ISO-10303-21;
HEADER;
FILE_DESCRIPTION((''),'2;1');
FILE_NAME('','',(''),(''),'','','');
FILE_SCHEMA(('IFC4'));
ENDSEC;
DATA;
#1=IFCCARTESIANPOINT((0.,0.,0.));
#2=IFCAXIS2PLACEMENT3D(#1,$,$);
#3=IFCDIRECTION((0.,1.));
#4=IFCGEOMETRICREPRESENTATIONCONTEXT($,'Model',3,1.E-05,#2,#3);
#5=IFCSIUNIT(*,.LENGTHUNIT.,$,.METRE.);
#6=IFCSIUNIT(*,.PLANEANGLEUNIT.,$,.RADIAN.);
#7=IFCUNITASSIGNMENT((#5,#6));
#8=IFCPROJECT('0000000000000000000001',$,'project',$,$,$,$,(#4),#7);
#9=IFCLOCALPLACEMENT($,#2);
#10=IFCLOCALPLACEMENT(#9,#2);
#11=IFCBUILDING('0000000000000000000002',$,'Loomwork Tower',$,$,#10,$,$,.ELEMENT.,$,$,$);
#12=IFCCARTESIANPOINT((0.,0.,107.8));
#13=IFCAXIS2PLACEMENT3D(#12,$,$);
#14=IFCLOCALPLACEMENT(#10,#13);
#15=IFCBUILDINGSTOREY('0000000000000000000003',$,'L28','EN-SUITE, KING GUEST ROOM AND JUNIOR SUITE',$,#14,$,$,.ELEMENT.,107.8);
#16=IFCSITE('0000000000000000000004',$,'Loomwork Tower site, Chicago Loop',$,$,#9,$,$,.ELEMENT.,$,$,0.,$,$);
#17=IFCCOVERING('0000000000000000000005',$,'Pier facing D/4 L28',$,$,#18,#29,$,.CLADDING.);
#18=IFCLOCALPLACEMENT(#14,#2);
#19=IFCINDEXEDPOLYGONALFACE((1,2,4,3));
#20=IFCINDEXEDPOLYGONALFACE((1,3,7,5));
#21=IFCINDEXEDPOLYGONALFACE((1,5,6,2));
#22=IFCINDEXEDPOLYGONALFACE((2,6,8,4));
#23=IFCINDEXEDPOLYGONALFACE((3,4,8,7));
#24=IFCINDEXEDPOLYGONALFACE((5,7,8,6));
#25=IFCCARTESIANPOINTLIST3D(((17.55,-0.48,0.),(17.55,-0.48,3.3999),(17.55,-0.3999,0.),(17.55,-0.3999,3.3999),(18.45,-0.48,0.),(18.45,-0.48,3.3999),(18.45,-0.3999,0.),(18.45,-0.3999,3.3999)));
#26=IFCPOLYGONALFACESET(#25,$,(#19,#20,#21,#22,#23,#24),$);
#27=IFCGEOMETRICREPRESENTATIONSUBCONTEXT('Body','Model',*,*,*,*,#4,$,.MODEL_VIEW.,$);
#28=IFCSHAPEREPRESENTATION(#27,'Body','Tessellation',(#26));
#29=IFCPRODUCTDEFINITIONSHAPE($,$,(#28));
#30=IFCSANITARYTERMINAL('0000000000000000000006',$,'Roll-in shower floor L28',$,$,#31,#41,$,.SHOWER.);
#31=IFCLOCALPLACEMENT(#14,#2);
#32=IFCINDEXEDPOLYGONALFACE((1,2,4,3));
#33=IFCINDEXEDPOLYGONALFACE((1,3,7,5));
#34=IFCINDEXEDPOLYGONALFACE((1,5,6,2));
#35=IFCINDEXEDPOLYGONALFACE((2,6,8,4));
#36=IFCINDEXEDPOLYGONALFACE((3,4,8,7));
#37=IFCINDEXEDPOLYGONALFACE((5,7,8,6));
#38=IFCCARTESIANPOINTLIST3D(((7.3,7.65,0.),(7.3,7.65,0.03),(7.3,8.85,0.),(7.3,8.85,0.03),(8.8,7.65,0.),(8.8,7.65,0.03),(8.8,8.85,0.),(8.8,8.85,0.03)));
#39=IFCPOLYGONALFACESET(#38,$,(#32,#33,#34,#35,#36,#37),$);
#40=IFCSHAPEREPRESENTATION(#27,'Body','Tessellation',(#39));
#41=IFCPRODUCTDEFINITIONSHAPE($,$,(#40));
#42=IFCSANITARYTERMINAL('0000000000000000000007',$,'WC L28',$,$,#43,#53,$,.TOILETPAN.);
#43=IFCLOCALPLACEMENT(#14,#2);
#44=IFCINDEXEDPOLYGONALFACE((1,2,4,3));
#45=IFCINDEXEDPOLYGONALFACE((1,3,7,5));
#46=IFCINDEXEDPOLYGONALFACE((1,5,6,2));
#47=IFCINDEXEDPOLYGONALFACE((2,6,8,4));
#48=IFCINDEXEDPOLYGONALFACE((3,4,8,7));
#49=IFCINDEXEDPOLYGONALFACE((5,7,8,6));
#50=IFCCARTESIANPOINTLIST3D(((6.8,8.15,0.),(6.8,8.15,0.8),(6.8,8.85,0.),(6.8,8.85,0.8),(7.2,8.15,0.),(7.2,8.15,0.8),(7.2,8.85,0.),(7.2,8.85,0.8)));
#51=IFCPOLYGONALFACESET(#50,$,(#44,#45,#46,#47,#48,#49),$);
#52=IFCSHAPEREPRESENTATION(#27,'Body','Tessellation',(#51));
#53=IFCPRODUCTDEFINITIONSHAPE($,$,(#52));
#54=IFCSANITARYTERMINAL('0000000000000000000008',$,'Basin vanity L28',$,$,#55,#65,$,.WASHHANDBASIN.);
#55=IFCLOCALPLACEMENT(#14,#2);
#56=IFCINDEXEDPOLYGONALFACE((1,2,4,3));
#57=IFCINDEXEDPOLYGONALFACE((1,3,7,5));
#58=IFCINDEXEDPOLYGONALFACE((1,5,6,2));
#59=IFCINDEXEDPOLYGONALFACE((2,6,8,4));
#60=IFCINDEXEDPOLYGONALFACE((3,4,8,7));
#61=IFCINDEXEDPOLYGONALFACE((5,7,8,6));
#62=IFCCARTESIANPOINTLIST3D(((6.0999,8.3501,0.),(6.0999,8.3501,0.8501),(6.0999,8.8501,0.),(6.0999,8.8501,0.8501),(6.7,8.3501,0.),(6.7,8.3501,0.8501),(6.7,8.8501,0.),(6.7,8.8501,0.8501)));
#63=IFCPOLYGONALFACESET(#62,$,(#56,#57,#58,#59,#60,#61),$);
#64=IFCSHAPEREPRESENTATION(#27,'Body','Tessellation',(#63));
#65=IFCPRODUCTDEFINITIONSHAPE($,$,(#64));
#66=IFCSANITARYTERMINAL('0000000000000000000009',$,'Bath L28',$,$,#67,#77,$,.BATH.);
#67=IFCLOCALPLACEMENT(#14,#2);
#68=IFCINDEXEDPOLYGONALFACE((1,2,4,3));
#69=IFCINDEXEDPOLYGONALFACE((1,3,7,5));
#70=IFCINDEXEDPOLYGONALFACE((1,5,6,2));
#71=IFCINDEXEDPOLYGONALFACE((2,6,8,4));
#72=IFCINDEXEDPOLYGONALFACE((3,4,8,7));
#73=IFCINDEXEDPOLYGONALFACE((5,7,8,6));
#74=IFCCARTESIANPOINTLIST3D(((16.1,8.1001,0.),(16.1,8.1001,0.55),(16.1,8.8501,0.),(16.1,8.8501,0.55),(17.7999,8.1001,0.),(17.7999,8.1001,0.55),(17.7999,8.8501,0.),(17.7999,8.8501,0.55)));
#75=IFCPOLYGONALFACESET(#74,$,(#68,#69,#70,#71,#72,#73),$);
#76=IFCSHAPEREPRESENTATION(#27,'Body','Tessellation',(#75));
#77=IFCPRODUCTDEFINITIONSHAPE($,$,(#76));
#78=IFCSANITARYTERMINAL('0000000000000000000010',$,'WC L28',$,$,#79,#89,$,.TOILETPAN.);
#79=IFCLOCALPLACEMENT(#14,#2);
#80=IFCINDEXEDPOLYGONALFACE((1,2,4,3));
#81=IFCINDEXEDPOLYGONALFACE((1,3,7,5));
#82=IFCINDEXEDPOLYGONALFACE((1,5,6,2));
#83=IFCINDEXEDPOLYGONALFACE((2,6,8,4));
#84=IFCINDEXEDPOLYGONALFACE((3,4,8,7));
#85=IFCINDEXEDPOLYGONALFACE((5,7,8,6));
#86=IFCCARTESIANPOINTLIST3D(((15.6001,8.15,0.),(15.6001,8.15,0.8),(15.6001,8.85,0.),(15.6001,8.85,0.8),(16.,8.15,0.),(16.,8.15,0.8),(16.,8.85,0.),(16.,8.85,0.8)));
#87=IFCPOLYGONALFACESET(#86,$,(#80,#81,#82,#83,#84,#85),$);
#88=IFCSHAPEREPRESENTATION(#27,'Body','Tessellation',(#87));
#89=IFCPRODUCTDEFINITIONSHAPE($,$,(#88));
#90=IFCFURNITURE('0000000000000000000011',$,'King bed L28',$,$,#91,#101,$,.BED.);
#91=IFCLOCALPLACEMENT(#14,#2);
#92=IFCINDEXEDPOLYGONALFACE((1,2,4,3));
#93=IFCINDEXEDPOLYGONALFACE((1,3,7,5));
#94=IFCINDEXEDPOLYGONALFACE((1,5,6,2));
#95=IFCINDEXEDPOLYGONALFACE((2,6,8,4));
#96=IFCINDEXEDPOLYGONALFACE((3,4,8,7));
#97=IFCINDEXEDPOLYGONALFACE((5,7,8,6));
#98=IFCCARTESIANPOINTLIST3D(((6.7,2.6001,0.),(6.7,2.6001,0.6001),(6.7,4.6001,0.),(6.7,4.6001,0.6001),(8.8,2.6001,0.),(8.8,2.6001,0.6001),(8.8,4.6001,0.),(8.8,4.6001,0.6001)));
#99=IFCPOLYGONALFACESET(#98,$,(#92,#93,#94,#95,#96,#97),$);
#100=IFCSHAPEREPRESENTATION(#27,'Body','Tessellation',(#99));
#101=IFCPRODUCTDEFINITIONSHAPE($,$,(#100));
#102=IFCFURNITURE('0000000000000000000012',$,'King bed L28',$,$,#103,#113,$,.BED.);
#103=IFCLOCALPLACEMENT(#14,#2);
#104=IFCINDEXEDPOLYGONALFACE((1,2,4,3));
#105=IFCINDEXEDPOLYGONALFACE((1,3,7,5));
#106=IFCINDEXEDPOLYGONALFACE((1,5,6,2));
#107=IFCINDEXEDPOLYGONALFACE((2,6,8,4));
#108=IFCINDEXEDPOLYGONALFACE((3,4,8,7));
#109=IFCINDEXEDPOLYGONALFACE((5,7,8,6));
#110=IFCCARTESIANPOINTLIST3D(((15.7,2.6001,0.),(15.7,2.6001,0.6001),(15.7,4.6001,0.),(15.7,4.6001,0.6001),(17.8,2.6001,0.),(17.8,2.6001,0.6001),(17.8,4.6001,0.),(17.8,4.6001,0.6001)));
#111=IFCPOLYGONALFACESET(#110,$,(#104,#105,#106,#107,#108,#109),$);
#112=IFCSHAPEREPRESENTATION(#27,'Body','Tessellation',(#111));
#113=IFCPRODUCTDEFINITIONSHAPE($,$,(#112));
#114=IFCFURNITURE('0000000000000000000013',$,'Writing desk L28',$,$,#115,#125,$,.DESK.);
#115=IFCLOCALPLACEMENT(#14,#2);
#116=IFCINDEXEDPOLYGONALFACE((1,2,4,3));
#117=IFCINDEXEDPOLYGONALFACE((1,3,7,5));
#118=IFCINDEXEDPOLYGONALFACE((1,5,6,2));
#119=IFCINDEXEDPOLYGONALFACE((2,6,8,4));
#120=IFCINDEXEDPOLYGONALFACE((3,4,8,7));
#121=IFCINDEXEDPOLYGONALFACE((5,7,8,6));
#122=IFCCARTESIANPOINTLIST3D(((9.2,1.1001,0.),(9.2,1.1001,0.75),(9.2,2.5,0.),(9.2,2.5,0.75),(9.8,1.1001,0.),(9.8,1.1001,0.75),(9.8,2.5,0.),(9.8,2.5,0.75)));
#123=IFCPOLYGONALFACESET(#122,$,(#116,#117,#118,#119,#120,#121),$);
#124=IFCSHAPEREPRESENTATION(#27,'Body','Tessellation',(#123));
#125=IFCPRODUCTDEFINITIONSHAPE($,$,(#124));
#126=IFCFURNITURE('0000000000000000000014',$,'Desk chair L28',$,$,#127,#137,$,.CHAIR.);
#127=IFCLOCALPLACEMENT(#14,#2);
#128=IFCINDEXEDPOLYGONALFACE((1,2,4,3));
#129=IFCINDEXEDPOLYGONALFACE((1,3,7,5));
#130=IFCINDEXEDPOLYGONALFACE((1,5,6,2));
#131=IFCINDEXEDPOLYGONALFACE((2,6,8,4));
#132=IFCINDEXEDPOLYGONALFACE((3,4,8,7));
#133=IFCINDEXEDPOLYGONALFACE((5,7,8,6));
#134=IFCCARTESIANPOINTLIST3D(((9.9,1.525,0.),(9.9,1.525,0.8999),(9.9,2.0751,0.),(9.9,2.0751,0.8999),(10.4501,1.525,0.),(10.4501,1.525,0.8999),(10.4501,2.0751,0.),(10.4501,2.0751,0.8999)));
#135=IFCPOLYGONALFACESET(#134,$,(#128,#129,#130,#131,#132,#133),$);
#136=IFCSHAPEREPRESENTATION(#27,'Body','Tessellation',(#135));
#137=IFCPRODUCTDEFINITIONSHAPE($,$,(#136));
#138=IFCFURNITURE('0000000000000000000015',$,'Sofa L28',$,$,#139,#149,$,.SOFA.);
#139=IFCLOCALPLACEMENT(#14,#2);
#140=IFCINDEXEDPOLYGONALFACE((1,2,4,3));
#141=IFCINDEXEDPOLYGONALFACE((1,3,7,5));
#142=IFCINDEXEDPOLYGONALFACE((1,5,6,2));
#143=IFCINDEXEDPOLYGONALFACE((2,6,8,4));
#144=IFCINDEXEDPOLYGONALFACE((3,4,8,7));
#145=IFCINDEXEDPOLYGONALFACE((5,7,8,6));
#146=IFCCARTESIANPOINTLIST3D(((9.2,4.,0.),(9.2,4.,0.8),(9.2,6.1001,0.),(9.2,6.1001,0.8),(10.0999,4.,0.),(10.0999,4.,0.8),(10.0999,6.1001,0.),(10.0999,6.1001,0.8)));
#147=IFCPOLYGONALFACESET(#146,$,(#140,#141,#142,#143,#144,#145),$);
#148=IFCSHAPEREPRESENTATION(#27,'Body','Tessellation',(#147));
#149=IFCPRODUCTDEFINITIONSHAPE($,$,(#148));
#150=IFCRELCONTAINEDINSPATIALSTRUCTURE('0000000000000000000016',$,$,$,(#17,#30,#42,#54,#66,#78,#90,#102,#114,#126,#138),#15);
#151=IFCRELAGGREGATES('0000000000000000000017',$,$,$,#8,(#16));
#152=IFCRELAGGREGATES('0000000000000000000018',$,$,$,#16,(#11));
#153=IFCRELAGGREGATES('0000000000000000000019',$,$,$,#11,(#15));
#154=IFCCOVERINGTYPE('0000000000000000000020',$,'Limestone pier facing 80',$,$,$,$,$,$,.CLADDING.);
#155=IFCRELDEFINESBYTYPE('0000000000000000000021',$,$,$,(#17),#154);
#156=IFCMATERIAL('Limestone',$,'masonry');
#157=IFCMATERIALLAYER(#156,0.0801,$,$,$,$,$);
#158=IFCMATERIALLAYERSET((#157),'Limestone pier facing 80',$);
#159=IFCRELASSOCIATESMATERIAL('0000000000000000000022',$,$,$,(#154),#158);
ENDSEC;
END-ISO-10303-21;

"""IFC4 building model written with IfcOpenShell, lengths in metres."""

from ifc_helpers import new_model, si_unit, direction, frame, origin, origin_2d, place, context, subcontext, project, spatial, rectangle, extrude, material, layer, layer_set, type_object, element, save


model = new_model("IFC4")

# Units and contexts
model_context = context("Model", 3, precision=1e-05, world=origin(), true_north=direction((0.0, 1.0)))
body_context = subcontext(model_context, "Body", "Model", "MODEL_VIEW")
ifc_project = project(units=[si_unit("LENGTHUNIT", "METRE"), si_unit("PLANEANGLEUNIT", "RADIAN")], contexts=[model_context])

# Site, building, storey
site_placement = place(None, origin())
site = spatial("IfcSite", under=ifc_project, at=site_placement, Name="Loomwork Tower site, Chicago Loop", CompositionType="ELEMENT", RefElevation=0.0)
building_placement = place(site_placement, origin())
building = spatial("IfcBuilding", under=site, at=building_placement, Name="Loomwork Tower", CompositionType="ELEMENT")
storey_placement = place(building_placement, frame((0.0, 0.0, 107.8)))
storey = spatial("IfcBuildingStorey", under=building, at=storey_placement, Name="L28", Description="EN-SUITE, KING GUEST ROOM AND JUNIOR SUITE", CompositionType="ELEMENT", Elevation=107.8)

# Covering
ifc_material_1 = material(Name="Limestone", Category="masonry")
ifc_layer_1 = layer(ifc_material_1, 0.0801)
ifc_layer_set_1 = layer_set([ifc_layer_1], Name="Limestone pier facing 80")
covering_type = type_object("IfcCoveringType", Name="Limestone pier facing 80", PredefinedType="CLADDING", material=ifc_layer_set_1)
for number, where, z_axis, x_axis, name in (
    (1, (18.0, -0.4399, 0.0), (0.0, 0.0, 1.0), (1.0, 0.0, 0.0), "Pier facing D/4 L28"),
):
    element("IfcCovering", number, at=place(storey_placement, frame(where, z_axis=z_axis, x_axis=x_axis)), inside=storey, type_object=covering_type, Name=name, PredefinedType="CLADDING", context=body_context, shape_type="SweptSolid", body=[
        extrude(rectangle(XDim=0.8999, YDim=0.0801, at=origin_2d()), origin(), (0.0, 0.0, 1.0), 3.3999),
    ])

# Sanitary terminals
sanitary_terminal_1_placement = place(storey_placement, frame((8.05, 8.25, 0.0), z_axis=(0.0, 0.0, 1.0), x_axis=(1.0, 0.0, 0.0)))
element("IfcSanitaryTerminal", 2, at=sanitary_terminal_1_placement, inside=storey, Name="Roll-in shower floor L28", PredefinedType="SHOWER", context=body_context, shape_type="SweptSolid", body=[
    extrude(rectangle(XDim=1.5, YDim=1.2, at=origin_2d()), origin(), (0.0, 0.0, 1.0), 0.03),
])
sanitary_terminal_2_placement = place(storey_placement, frame((7.0, 8.5, 0.0), z_axis=(0.0, 0.0, 1.0), x_axis=(1.0, 0.0, 0.0)))
element("IfcSanitaryTerminal", 3, at=sanitary_terminal_2_placement, inside=storey, Name="WC L28", PredefinedType="TOILETPAN", context=body_context, shape_type="SweptSolid", body=[
    extrude(rectangle(XDim=0.3999, YDim=0.7, at=origin_2d()), origin(), (0.0, 0.0, 1.0), 0.8),
])
sanitary_terminal_3_placement = place(storey_placement, frame((6.3999, 8.6001, 0.0), z_axis=(0.0, 0.0, 1.0), x_axis=(1.0, 0.0, 0.0)))
element("IfcSanitaryTerminal", 4, at=sanitary_terminal_3_placement, inside=storey, Name="Basin vanity L28", PredefinedType="WASHHANDBASIN", context=body_context, shape_type="SweptSolid", body=[
    extrude(rectangle(XDim=0.6001, YDim=0.5, at=origin_2d()), origin(), (0.0, 0.0, 1.0), 0.8501),
])
sanitary_terminal_4_placement = place(storey_placement, frame((16.95, 8.4751, 0.0), z_axis=(0.0, 0.0, 1.0), x_axis=(1.0, 0.0, 0.0)))
element("IfcSanitaryTerminal", 5, at=sanitary_terminal_4_placement, inside=storey, Name="Bath L28", PredefinedType="BATH", context=body_context, shape_type="SweptSolid", body=[
    extrude(rectangle(XDim=1.7, YDim=0.75, at=origin_2d()), origin(), (0.0, 0.0, 1.0), 0.55),
])
sanitary_terminal_5_placement = place(storey_placement, frame((15.8, 8.5, 0.0), z_axis=(0.0, 0.0, 1.0), x_axis=(1.0, 0.0, 0.0)))
element("IfcSanitaryTerminal", 6, at=sanitary_terminal_5_placement, inside=storey, Name="WC L28", PredefinedType="TOILETPAN", context=body_context, shape_type="SweptSolid", body=[
    extrude(rectangle(XDim=0.3999, YDim=0.7, at=origin_2d()), origin(), (0.0, 0.0, 1.0), 0.8),
])

# Furniture
for number, where, z_axis, x_axis, name in (
    (7, (7.75, 3.6001, 0.0), (0.0, 0.0, 1.0), (1.0, 0.0, 0.0), "King bed L28"),
    (8, (16.75, 3.6001, 0.0), (0.0, 0.0, 1.0), (1.0, 0.0, 0.0), "King bed L28"),
):
    element("IfcFurniture", number, at=place(storey_placement, frame(where, z_axis=z_axis, x_axis=x_axis)), inside=storey, Name=name, PredefinedType="BED", context=body_context, shape_type="SweptSolid", body=[
        extrude(rectangle(XDim=2.1001, YDim=2.0, at=origin_2d()), origin(), (0.0, 0.0, 1.0), 0.6001),
    ])
furniture_1_placement = place(storey_placement, frame((9.5, 1.8, 0.0), z_axis=(0.0, 0.0, 1.0), x_axis=(1.0, 0.0, 0.0)))
element("IfcFurniture", 9, at=furniture_1_placement, inside=storey, Name="Writing desk L28", PredefinedType="DESK", context=body_context, shape_type="SweptSolid", body=[
    extrude(rectangle(XDim=0.6001, YDim=1.3999, at=origin_2d()), origin(), (0.0, 0.0, 1.0), 0.75),
])
furniture_2_placement = place(storey_placement, frame((10.175, 1.8, 0.0), z_axis=(0.0, 0.0, 1.0), x_axis=(1.0, 0.0, 0.0)))
element("IfcFurniture", 10, at=furniture_2_placement, inside=storey, Name="Desk chair L28", PredefinedType="CHAIR", context=body_context, shape_type="SweptSolid", body=[
    extrude(rectangle(XDim=0.55, YDim=0.55, at=origin_2d()), origin(), (0.0, 0.0, 1.0), 0.8999),
])
furniture_3_placement = place(storey_placement, frame((9.6499, 5.05, 0.0), z_axis=(0.0, 0.0, 1.0), x_axis=(1.0, 0.0, 0.0)))
element("IfcFurniture", 11, at=furniture_3_placement, inside=storey, Name="Sofa L28", PredefinedType="SOFA", context=body_context, shape_type="SweptSolid", body=[
    extrude(rectangle(XDim=0.8999, YDim=2.1001, at=origin_2d()), origin(), (0.0, 0.0, 1.0), 0.8),
])

save(model, "model.ifc")
